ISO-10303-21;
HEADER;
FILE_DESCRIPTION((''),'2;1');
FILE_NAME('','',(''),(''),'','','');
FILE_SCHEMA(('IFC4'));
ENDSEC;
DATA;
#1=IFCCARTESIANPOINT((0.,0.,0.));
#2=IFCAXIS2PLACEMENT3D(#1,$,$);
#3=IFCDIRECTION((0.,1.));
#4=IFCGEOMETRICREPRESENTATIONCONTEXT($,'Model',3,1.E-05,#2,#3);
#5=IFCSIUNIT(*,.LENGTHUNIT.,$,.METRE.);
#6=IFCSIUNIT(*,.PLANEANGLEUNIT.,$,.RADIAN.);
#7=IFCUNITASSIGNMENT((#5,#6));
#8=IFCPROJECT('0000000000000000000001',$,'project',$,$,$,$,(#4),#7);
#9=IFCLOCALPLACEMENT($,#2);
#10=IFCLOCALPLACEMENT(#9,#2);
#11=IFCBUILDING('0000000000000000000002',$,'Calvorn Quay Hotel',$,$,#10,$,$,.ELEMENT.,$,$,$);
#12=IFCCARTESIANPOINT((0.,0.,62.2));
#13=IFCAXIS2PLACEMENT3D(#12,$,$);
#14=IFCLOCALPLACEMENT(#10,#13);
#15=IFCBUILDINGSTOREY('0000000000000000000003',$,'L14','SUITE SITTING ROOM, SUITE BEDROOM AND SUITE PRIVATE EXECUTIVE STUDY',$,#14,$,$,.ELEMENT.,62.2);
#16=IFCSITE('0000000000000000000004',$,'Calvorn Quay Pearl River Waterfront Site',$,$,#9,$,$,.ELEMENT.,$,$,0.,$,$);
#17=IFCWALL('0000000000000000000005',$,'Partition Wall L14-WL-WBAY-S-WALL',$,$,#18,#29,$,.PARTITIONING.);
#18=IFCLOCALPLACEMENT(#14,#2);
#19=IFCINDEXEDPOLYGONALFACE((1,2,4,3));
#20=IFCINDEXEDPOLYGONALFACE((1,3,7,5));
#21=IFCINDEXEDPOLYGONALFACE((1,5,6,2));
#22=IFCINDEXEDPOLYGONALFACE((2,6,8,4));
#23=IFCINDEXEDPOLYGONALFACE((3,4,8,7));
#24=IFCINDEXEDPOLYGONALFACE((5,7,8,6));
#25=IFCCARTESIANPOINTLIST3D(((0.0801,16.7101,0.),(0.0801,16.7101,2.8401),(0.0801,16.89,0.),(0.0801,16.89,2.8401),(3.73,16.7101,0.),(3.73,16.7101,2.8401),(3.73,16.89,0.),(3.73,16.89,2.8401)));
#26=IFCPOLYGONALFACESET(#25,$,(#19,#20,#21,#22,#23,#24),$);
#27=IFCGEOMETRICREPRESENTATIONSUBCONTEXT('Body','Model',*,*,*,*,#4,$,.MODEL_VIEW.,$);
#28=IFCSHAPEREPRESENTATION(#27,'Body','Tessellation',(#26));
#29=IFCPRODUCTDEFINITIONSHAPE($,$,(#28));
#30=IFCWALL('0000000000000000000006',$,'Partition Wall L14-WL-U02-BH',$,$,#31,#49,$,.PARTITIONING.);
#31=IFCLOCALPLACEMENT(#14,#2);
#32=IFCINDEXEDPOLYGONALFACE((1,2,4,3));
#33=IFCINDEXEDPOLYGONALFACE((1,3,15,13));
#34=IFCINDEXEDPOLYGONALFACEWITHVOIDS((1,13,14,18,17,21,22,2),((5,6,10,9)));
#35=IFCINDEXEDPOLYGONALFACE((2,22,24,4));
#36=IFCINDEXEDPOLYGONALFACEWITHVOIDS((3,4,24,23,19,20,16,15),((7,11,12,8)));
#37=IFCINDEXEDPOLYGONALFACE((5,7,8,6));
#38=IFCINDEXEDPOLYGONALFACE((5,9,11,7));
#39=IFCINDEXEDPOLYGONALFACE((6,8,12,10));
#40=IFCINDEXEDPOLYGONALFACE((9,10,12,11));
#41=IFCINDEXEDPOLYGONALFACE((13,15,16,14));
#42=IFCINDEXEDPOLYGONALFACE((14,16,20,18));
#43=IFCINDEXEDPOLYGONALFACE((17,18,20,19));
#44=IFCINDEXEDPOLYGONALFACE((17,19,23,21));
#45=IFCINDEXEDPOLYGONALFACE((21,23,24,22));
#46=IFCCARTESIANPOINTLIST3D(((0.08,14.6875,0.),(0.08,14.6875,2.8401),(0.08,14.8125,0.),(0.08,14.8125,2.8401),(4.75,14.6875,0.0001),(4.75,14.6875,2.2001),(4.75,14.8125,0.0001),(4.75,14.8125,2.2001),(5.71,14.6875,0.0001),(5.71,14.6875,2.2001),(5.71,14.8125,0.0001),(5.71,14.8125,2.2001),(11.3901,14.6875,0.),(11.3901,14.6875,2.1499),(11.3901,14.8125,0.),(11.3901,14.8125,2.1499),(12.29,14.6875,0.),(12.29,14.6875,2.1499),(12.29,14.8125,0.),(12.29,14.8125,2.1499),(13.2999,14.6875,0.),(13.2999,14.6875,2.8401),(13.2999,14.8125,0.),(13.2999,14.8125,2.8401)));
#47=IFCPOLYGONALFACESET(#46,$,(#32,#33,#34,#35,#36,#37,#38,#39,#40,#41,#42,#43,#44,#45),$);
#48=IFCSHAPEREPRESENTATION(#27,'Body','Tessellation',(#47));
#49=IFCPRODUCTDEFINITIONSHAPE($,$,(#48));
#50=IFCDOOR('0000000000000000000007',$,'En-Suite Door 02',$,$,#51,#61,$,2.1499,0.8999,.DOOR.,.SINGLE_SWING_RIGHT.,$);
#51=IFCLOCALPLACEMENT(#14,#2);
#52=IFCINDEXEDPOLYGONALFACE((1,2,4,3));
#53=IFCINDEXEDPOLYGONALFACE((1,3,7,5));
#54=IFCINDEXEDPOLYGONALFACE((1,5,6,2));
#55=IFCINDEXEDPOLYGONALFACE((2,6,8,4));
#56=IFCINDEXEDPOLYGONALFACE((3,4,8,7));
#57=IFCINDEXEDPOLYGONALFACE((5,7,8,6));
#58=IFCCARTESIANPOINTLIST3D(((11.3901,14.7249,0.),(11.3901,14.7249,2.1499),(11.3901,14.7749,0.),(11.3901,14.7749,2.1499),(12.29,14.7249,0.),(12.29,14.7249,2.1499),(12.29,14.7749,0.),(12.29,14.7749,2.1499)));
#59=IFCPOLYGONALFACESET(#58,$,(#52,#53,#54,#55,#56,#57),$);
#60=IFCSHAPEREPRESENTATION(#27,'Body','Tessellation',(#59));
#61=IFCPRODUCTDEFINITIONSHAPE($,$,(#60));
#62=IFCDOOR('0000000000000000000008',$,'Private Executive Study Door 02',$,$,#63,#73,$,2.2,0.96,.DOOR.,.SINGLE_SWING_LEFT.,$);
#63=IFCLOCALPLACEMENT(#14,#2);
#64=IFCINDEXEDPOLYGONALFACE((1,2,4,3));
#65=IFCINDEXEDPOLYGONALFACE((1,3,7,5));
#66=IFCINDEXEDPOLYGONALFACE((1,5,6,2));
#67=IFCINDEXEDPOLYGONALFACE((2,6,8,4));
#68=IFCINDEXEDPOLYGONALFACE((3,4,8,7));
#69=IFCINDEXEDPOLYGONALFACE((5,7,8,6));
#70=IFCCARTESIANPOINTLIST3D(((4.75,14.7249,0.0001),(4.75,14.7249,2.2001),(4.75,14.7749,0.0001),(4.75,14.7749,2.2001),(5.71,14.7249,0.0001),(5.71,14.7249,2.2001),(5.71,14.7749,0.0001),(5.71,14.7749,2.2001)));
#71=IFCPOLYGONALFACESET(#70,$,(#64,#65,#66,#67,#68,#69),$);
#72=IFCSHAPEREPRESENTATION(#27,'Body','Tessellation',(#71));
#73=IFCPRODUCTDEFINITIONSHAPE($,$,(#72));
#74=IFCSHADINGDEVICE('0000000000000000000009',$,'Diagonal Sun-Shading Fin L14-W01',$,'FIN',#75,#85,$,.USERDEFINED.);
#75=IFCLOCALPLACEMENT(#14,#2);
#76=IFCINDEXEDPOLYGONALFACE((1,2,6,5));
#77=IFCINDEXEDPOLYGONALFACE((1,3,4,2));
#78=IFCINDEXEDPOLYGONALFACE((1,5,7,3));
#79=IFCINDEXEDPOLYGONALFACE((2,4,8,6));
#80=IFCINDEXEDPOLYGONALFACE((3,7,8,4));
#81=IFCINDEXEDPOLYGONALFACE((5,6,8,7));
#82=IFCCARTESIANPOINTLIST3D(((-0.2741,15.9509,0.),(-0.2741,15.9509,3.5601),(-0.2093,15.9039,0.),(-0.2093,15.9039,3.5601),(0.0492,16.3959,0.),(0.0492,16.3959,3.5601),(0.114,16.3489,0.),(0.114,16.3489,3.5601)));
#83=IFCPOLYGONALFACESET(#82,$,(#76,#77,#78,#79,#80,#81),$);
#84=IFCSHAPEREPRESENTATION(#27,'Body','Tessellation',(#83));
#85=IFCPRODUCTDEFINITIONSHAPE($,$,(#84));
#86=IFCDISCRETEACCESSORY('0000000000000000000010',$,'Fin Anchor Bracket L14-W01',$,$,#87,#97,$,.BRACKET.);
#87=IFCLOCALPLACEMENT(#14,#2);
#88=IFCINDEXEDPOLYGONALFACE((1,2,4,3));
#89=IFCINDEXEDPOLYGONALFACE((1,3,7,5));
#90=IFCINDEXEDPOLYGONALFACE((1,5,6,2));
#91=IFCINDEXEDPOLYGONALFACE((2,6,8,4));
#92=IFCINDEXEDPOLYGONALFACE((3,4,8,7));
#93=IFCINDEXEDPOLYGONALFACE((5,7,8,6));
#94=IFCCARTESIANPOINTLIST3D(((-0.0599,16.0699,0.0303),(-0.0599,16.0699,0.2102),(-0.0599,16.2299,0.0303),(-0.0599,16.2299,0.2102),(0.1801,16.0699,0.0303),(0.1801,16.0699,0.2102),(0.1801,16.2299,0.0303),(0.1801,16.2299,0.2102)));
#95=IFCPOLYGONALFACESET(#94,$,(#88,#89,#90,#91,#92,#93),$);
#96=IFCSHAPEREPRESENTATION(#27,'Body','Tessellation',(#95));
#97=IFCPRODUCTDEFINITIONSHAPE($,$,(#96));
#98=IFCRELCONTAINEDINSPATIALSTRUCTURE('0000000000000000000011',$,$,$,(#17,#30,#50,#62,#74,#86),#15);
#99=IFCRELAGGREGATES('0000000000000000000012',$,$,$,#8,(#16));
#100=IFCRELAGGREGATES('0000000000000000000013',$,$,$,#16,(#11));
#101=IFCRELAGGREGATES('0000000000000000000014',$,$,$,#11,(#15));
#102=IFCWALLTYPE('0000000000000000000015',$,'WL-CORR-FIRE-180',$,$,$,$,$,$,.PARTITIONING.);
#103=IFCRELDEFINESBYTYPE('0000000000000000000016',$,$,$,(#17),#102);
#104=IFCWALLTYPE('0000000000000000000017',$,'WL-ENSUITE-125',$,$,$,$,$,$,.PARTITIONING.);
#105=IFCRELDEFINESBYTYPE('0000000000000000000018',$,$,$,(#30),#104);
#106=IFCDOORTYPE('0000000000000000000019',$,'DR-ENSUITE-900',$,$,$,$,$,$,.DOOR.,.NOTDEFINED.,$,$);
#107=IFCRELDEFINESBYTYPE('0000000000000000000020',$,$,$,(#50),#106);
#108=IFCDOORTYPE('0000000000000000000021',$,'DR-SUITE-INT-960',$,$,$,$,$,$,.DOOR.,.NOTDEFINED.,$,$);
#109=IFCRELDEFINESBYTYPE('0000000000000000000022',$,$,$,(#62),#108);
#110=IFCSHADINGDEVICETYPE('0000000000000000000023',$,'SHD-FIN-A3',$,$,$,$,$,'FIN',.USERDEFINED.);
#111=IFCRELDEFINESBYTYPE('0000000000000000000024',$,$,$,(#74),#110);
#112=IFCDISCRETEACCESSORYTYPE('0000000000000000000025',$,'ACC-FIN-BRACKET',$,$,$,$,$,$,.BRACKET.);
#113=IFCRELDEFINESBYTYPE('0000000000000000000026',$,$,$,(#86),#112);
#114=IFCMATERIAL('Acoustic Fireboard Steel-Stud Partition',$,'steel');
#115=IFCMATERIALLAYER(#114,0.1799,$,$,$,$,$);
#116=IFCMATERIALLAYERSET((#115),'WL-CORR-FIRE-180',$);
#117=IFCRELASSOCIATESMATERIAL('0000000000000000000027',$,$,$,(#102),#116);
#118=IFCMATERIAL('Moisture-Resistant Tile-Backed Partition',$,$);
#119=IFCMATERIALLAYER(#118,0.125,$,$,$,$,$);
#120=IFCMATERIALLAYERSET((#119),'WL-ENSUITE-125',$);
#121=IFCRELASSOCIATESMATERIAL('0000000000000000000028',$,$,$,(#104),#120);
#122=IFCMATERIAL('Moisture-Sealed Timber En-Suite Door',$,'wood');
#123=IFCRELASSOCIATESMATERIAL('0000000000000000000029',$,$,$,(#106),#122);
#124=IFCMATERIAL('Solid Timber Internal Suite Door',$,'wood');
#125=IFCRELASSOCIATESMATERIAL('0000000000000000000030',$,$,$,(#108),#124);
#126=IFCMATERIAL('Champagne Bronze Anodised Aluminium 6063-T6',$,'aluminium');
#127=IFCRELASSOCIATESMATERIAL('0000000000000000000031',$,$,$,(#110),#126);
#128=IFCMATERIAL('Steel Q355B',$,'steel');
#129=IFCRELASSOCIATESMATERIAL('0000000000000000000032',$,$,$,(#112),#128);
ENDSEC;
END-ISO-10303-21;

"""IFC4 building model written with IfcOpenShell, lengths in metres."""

from ifc_helpers import new_model, si_unit, direction, frame, frame_2d, origin, origin_2d, place, context, subcontext, project, spatial, rectangle, extrude, material, layer, layer_set, type_object, element, fill, save


model = new_model("IFC4")

# Units and contexts
model_context = context("Model", 3, precision=1e-05, world=origin(), true_north=direction((0.0, 1.0)))
body_context = subcontext(model_context, "Body", "Model", "MODEL_VIEW")
ifc_project = project(units=[si_unit("LENGTHUNIT", "METRE"), si_unit("PLANEANGLEUNIT", "RADIAN")], contexts=[model_context])

# Site, building, storey
site_placement = place(None, origin())
site = spatial("IfcSite", under=ifc_project, at=site_placement, Name="Calvorn Quay Pearl River Waterfront Site", CompositionType="ELEMENT", RefElevation=0.0)
building_placement = place(site_placement, origin())
building = spatial("IfcBuilding", under=site, at=building_placement, Name="Calvorn Quay Hotel", CompositionType="ELEMENT")
storey_placement = place(building_placement, frame((0.0, 0.0, 62.2)))
storey = spatial("IfcBuildingStorey", under=building, at=storey_placement, Name="L14", Description="SUITE SITTING ROOM, SUITE BEDROOM AND SUITE PRIVATE EXECUTIVE STUDY", CompositionType="ELEMENT", Elevation=62.2)

# Wall
ifc_material_1 = material(Name="Acoustic Fireboard Steel-Stud Partition", Category="steel")
ifc_layer_1 = layer(ifc_material_1, 0.1799)
ifc_layer_set_1 = layer_set([ifc_layer_1], Name="WL-CORR-FIRE-180")
wall_type_1 = type_object("IfcWallType", Name="WL-CORR-FIRE-180", PredefinedType="PARTITIONING", material=ifc_layer_set_1)
wall_1_placement = place(storey_placement, frame((0.0801, 16.8, 0.0), z_axis=(0.0, 0.0, 1.0), x_axis=(1.0, 0.0, 0.0)))
element("IfcWall", 1, at=wall_1_placement, inside=storey, type_object=wall_type_1, Name="Partition Wall L14-WL-WBAY-S-WALL", PredefinedType="PARTITIONING", context=body_context, shape_type="SweptSolid", body=[
    extrude(rectangle(XDim=3.6499, YDim=0.1799, at=frame_2d((1.825, 0.0))), origin(), (0.0, 0.0, 1.0), 2.8401),
])

# Wall, openings, doors
ifc_material_2 = material(Name="Moisture-Resistant Tile-Backed Partition")
ifc_layer_2 = layer(ifc_material_2, 0.125)
ifc_layer_set_2 = layer_set([ifc_layer_2], Name="WL-ENSUITE-125")
wall_type_2 = type_object("IfcWallType", Name="WL-ENSUITE-125", PredefinedType="PARTITIONING", material=ifc_layer_set_2)
wall_2_placement = place(storey_placement, frame((0.0801, 14.75, 0.0), z_axis=(0.0, 0.0, 1.0), x_axis=(1.0, 0.0, 0.0)))
wall_2 = element("IfcWall", 2, at=wall_2_placement, inside=storey, type_object=wall_type_2, Name="Partition Wall L14-WL-U02-BH", PredefinedType="PARTITIONING", context=body_context, shape_type="SweptSolid", body=[
    extrude(rectangle(XDim=13.22, YDim=0.125, at=frame_2d((6.6099, 0.0))), origin(), (0.0, 0.0, 1.0), 2.8401),
])
opening_1_placement = place(wall_2_placement, frame((4.6699, 0.0, 0.0)))
opening_1 = element("IfcOpeningElement", 3, at=opening_1_placement, cuts=wall_2, PredefinedType="OPENING", context=body_context, shape_type="SweptSolid", body=[
    extrude(rectangle(XDim=0.96, YDim=2.2, at=frame_2d((0.48, 1.1001))), frame((0.0, 0.0725, 0.0), z_axis=(0.0, -1.0, 0.0), x_axis=(1.0, 0.0, 0.0)), (0.0, 0.0, 1.0), 0.145),
])
opening_2_placement = place(wall_2_placement, frame((11.3101, 0.0, 0.0)))
opening_2 = element("IfcOpeningElement", 4, at=opening_2_placement, cuts=wall_2, PredefinedType="OPENING", context=body_context, shape_type="SweptSolid", body=[
    extrude(rectangle(XDim=0.8999, YDim=2.1499, at=frame_2d((0.45, 1.075))), frame((0.0, 0.0725, 0.0), z_axis=(0.0, -1.0, 0.0), x_axis=(1.0, 0.0, 0.0)), (0.0, 0.0, 1.0), 0.145),
])
ifc_material_3 = material(Name="Moisture-Sealed Timber En-Suite Door", Category="wood")
door_type_1 = type_object("IfcDoorType", Name="DR-ENSUITE-900", OperationType="NOTDEFINED", PredefinedType="DOOR", material=ifc_material_3)
door_1_placement = place(opening_2_placement, origin())
door_1 = element("IfcDoor", 5, at=door_1_placement, inside=storey, type_object=door_type_1, Name="En-Suite Door 02", OperationType="SINGLE_SWING_RIGHT", OverallHeight=2.1499, OverallWidth=0.8999, PredefinedType="DOOR", context=body_context, shape_type="SweptSolid", body=[
    extrude(rectangle(XDim=0.8999, YDim=2.1499, at=frame_2d((0.45, 1.075))), frame((0.0, 0.0249, 0.0), z_axis=(0.0, -1.0, 0.0), x_axis=(1.0, 0.0, 0.0)), (0.0, 0.0, 1.0), 0.05),
])
fill(opening_2, door_1)
ifc_material_4 = material(Name="Solid Timber Internal Suite Door", Category="wood")
door_type_2 = type_object("IfcDoorType", Name="DR-SUITE-INT-960", OperationType="NOTDEFINED", PredefinedType="DOOR", material=ifc_material_4)
door_2_placement = place(opening_1_placement, origin())
door_2 = element("IfcDoor", 6, at=door_2_placement, inside=storey, type_object=door_type_2, Name="Private Executive Study Door 02", OperationType="SINGLE_SWING_LEFT", OverallHeight=2.2, OverallWidth=0.96, PredefinedType="DOOR", context=body_context, shape_type="SweptSolid", body=[
    extrude(rectangle(XDim=0.96, YDim=2.2, at=frame_2d((0.48, 1.1001))), frame((0.0, 0.0249, 0.0), z_axis=(0.0, -1.0, 0.0), x_axis=(1.0, 0.0, 0.0)), (0.0, 0.0, 1.0), 0.05),
])
fill(opening_1, door_2)

# Shading device
ifc_material_5 = material(Name="Champagne Bronze Anodised Aluminium 6063-T6", Category="aluminium")
shading_device_type = type_object("IfcShadingDeviceType", Name="SHD-FIN-A3", ElementType="FIN", PredefinedType="USERDEFINED", material=ifc_material_5)
shading_device_placement = place(storey_placement, frame((-0.0801, 16.1499, 0.0), z_axis=(0.0, 0.0, 1.0), x_axis=(0.587785, 0.809017, 0.0)))
element("IfcShadingDevice", 7, at=shading_device_placement, inside=storey, type_object=shading_device_type, Name="Diagonal Sun-Shading Fin L14-W01", ObjectType="FIN", PredefinedType="USERDEFINED", context=body_context, shape_type="SweptSolid", body=[
    extrude(rectangle(XDim=0.55, YDim=0.0801, at=origin_2d()), origin(), (0.0, 0.0, 1.0), 3.5601),
])

# Discrete accessory
ifc_material_6 = material(Name="Steel Q355B", Category="steel")
discrete_accessory_type = type_object("IfcDiscreteAccessoryType", Name="ACC-FIN-BRACKET", PredefinedType="BRACKET", material=ifc_material_6)
discrete_accessory_placement = place(storey_placement, frame((0.0601, 16.1499, 0.0303), z_axis=(0.0, 0.0, 1.0), x_axis=(1.0, 0.0, 0.0)))
element("IfcDiscreteAccessory", 8, at=discrete_accessory_placement, inside=storey, type_object=discrete_accessory_type, Name="Fin Anchor Bracket L14-W01", PredefinedType="BRACKET", context=body_context, shape_type="SweptSolid", body=[
    extrude(rectangle(XDim=0.24, YDim=0.1599, at=origin_2d()), origin(), (0.0, 0.0, 1.0), 0.1799),
])

save(model, "model.ifc")
